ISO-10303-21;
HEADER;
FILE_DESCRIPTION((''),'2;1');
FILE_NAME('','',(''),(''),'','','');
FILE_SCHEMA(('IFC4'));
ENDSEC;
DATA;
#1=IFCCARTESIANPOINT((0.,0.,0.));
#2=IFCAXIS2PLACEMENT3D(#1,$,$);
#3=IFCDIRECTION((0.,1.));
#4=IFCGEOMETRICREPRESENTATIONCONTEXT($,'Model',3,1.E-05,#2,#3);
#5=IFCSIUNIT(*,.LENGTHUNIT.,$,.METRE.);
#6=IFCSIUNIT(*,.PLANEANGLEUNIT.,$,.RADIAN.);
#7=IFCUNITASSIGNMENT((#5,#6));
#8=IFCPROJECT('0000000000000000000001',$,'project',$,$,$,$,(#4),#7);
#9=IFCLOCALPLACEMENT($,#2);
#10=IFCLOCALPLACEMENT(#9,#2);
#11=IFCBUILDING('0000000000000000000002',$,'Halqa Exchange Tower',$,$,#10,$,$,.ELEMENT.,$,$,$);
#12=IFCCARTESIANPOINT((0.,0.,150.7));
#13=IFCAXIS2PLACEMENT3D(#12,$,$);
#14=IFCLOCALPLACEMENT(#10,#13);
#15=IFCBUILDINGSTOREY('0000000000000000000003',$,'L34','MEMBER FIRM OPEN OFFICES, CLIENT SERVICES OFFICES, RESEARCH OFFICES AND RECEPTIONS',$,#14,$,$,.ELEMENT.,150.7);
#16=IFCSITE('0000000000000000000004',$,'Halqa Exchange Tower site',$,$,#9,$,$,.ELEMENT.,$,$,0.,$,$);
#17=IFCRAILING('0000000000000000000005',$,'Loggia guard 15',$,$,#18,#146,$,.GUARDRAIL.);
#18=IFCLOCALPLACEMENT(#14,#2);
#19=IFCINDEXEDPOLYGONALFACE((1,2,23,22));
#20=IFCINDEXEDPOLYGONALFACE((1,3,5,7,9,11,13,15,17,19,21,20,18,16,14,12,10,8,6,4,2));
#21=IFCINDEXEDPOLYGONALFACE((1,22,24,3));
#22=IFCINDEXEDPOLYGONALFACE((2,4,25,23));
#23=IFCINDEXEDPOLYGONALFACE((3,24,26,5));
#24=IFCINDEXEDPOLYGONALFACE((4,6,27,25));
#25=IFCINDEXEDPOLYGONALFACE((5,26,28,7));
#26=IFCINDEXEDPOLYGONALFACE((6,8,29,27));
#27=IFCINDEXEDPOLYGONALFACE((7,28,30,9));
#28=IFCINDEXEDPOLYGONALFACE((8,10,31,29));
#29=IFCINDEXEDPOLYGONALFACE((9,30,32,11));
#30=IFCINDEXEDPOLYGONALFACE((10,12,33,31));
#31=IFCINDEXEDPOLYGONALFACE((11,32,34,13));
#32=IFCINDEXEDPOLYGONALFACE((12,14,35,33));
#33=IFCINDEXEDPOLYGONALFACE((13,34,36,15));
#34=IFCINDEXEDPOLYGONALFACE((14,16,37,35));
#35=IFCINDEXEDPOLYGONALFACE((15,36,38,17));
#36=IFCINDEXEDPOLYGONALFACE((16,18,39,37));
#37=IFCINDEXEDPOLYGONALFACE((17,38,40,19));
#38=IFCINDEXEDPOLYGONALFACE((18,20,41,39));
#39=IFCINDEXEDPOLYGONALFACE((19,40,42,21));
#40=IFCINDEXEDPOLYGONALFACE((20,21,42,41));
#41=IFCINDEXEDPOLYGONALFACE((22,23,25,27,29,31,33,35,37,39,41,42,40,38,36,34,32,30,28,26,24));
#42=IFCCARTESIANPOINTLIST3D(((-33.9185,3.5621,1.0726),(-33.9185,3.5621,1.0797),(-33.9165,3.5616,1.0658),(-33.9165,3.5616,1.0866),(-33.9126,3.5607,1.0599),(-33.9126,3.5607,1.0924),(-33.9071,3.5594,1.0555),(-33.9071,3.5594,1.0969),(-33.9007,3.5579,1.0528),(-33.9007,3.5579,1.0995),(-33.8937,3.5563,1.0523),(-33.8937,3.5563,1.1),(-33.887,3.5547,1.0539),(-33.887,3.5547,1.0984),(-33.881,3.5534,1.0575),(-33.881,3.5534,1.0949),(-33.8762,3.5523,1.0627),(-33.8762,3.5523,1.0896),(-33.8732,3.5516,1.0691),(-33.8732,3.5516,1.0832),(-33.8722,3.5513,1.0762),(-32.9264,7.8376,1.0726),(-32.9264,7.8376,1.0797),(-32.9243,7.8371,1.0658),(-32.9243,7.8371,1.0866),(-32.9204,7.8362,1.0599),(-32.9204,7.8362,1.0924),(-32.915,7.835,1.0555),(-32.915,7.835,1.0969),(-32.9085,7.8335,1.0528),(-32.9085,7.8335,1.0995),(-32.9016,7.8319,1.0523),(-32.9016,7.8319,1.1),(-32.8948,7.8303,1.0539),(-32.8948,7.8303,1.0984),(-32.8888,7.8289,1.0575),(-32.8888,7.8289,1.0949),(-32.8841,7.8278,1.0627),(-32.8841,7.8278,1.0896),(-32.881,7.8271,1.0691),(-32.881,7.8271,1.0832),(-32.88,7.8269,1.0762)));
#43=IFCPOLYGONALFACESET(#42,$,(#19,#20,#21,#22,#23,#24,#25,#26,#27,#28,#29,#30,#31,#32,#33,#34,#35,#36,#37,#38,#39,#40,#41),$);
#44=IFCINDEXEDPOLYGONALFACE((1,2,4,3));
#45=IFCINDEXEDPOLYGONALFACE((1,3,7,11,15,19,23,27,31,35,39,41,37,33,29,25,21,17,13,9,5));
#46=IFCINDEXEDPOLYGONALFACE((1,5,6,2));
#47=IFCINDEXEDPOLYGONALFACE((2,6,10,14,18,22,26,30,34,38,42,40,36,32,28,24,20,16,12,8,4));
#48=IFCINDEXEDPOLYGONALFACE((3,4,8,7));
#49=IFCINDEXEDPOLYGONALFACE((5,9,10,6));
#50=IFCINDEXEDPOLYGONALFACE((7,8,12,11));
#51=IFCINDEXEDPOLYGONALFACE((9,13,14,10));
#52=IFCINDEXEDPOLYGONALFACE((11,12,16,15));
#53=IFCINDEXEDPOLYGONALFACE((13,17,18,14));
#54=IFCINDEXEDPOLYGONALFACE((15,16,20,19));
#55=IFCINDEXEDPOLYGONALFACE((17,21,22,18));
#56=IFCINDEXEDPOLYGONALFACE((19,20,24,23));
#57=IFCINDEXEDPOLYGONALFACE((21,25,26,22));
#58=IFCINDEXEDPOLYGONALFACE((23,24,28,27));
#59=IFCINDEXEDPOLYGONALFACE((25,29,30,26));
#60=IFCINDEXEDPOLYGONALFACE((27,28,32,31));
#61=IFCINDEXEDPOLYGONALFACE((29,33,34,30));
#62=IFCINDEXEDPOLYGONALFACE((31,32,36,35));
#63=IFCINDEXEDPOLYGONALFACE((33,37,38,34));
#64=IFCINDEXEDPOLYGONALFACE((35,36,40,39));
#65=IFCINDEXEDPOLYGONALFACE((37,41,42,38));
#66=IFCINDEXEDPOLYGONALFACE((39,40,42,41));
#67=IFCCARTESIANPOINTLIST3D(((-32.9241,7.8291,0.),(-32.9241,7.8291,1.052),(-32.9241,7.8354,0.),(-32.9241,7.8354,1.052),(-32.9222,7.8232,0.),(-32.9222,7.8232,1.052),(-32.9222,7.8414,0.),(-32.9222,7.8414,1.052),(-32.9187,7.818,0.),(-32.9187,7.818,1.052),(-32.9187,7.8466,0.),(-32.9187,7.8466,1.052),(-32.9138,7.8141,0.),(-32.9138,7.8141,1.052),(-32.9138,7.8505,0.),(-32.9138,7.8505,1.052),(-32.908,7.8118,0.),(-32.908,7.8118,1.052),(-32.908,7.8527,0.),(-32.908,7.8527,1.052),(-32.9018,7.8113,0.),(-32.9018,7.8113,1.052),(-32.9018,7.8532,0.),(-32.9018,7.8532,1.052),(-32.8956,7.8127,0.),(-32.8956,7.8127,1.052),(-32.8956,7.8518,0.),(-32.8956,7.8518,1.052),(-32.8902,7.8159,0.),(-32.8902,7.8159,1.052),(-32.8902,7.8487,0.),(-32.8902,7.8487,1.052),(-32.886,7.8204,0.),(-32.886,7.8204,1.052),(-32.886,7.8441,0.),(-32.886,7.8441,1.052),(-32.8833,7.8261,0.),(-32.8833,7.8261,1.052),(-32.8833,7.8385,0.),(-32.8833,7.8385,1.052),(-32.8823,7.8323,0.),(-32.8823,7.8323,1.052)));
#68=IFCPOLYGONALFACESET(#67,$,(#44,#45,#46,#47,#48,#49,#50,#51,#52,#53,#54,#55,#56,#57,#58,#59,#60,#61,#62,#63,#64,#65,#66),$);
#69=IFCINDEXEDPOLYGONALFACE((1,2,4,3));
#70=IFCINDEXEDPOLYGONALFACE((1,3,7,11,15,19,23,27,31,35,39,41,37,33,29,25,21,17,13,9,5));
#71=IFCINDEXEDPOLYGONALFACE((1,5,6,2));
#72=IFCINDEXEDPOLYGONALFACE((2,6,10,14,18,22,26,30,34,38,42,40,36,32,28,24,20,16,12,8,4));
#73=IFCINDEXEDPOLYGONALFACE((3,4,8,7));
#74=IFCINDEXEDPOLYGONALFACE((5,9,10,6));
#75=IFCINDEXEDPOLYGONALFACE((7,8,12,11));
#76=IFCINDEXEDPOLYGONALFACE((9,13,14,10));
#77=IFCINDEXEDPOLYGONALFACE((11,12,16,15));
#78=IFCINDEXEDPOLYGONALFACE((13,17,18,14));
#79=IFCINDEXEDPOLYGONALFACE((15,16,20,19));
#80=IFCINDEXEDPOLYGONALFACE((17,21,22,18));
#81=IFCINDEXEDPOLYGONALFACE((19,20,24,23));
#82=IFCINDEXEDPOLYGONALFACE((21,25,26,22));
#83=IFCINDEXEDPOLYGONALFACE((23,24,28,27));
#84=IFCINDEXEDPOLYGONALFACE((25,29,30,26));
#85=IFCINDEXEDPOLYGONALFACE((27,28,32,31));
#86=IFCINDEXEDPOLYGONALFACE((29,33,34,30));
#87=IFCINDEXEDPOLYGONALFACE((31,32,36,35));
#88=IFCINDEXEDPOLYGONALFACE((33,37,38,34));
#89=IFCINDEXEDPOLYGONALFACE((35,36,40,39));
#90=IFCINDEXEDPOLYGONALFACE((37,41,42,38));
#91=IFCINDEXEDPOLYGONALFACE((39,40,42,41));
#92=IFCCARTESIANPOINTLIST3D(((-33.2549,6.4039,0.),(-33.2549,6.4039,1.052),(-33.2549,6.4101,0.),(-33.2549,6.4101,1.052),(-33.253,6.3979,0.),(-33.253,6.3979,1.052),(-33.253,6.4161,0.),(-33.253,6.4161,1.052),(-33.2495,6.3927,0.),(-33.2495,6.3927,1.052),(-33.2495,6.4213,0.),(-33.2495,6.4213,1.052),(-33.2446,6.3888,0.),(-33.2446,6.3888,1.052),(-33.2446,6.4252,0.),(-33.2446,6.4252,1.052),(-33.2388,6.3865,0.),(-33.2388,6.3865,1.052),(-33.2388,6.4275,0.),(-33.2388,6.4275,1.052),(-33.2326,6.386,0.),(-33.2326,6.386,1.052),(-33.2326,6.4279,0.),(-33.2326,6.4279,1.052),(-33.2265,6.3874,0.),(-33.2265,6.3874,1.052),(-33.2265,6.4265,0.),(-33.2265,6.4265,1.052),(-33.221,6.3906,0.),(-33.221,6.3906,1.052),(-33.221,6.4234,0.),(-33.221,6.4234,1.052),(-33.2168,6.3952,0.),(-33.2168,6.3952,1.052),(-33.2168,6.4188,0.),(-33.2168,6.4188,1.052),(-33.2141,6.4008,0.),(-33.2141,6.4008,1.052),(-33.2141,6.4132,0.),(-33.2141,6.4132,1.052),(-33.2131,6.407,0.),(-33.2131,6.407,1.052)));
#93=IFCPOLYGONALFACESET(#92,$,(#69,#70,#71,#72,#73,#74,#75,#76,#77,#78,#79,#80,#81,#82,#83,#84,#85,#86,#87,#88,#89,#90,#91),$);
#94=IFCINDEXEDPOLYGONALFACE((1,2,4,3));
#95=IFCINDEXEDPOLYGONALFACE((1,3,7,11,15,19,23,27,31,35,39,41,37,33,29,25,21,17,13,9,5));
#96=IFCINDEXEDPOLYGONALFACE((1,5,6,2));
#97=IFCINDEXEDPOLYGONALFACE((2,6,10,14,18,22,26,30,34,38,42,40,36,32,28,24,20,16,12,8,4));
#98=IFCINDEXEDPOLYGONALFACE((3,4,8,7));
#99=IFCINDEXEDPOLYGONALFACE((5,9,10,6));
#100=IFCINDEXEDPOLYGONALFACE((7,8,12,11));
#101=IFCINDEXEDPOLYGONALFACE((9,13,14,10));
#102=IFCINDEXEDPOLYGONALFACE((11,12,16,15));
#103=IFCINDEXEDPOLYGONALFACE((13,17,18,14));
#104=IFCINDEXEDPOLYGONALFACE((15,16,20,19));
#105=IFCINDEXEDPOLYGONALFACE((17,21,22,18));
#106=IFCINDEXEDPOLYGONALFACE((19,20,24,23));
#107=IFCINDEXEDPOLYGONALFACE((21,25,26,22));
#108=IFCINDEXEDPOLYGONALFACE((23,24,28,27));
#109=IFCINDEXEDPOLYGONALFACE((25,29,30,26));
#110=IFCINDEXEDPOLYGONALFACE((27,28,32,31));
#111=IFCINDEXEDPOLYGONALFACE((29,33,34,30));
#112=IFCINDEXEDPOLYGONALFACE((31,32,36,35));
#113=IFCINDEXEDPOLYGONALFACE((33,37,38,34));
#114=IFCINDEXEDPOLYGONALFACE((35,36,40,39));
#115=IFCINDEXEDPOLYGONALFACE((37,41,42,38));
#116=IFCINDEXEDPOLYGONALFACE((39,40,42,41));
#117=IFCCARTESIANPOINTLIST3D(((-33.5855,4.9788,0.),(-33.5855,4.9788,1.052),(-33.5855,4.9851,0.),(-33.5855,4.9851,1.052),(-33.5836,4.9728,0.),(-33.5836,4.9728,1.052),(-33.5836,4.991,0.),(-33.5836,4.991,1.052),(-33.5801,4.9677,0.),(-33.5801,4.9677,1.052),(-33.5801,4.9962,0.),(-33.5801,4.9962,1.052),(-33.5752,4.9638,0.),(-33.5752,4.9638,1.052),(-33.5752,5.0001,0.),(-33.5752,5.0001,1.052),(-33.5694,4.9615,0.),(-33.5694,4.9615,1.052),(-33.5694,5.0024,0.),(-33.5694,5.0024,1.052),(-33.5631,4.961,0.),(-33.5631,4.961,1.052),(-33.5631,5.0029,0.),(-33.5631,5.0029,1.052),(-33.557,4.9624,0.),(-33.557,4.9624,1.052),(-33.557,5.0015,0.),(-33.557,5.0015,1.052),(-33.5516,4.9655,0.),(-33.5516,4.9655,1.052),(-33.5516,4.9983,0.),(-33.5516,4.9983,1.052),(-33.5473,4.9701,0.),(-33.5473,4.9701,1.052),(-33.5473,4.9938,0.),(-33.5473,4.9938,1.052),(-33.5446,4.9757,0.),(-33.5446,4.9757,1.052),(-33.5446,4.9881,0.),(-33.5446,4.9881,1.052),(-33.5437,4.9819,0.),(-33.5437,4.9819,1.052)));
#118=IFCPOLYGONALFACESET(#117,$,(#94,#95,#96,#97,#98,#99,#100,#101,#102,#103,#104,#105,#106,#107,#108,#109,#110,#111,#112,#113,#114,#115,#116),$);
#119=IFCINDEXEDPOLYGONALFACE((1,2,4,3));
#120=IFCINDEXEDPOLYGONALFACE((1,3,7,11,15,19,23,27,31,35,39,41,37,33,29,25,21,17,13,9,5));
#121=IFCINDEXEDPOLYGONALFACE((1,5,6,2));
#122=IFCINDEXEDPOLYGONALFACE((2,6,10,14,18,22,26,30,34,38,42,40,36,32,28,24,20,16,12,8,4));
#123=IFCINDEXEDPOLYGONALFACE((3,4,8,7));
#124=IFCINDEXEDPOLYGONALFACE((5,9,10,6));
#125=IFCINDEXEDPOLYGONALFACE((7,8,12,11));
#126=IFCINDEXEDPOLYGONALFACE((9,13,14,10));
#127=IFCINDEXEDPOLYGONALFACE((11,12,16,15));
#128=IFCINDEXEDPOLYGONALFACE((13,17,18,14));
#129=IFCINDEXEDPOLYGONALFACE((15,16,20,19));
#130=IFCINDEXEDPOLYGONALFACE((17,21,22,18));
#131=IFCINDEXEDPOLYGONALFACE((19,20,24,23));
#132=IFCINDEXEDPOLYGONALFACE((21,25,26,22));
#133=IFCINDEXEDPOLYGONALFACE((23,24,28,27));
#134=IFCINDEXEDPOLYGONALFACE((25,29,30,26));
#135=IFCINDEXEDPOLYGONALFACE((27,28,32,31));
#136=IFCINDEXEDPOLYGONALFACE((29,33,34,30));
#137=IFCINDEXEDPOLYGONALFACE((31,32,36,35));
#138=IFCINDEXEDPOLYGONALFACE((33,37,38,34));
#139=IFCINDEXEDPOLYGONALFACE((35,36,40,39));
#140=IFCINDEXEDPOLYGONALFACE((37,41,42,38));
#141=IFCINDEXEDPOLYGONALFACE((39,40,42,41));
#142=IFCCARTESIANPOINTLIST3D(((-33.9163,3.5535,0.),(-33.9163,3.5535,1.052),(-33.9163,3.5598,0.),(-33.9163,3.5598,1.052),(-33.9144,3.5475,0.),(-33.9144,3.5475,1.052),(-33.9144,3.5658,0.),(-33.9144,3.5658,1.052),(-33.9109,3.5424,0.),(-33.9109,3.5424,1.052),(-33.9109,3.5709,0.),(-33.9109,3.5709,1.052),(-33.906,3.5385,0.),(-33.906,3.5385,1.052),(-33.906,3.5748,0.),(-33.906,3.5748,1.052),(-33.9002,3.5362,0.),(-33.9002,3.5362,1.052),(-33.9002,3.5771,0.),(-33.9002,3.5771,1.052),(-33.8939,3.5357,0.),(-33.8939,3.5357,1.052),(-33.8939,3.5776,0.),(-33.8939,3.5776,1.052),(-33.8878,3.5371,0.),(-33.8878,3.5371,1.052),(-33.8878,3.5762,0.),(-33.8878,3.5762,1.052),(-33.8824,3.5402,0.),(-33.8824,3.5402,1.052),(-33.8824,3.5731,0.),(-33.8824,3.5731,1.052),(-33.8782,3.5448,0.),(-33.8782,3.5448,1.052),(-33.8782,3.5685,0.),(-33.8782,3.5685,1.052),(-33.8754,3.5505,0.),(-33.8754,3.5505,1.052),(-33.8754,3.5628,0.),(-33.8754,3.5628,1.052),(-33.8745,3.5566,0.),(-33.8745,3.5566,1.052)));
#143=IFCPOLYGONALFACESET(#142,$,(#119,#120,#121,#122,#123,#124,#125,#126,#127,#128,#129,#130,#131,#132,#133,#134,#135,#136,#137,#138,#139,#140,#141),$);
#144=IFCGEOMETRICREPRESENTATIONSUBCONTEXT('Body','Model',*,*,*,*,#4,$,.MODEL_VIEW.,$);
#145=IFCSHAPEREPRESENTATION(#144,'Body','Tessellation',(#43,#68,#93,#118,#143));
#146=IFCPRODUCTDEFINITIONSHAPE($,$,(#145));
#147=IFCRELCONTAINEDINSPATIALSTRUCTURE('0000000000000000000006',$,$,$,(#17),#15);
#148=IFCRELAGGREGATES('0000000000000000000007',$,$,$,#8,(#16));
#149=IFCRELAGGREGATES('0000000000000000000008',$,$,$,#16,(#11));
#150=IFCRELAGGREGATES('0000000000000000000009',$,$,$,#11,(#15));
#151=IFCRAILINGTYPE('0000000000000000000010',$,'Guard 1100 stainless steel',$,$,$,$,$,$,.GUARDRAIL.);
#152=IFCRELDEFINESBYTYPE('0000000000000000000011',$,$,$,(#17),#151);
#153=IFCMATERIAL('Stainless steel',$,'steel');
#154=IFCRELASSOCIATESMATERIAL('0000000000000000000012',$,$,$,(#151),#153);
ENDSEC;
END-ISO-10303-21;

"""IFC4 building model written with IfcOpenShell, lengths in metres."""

from ifc_helpers import new_model, si_unit, direction, frame, origin, origin_2d, place, context, subcontext, project, spatial, circle, extrude, material, type_object, element, save


model = new_model("IFC4")

# Units and contexts
model_context = context("Model", 3, precision=1e-05, world=origin(), true_north=direction((0.0, 1.0)))
body_context = subcontext(model_context, "Body", "Model", "MODEL_VIEW")
ifc_project = project(units=[si_unit("LENGTHUNIT", "METRE"), si_unit("PLANEANGLEUNIT", "RADIAN")], contexts=[model_context])

# Site, building, storey
site_placement = place(None, origin())
site = spatial("IfcSite", under=ifc_project, at=site_placement, Name="Halqa Exchange Tower site", CompositionType="ELEMENT", RefElevation=0.0)
building_placement = place(site_placement, origin())
building = spatial("IfcBuilding", under=site, at=building_placement, Name="Halqa Exchange Tower", CompositionType="ELEMENT")
storey_placement = place(building_placement, frame((0.0, 0.0, 150.7)))
storey = spatial("IfcBuildingStorey", under=building, at=storey_placement, Name="L34", Description="MEMBER FIRM OPEN OFFICES, CLIENT SERVICES OFFICES, RESEARCH OFFICES AND RECEPTIONS", CompositionType="ELEMENT", Elevation=150.7)

# Railing
ifc_material_1 = material(Name="Stainless steel", Category="steel")
railing_type = type_object("IfcRailingType", Name="Guard 1100 stainless steel", PredefinedType="GUARDRAIL", material=ifc_material_1)
railing_1_placement = place(storey_placement, frame((-32.9033, 7.8323, 0.0)))
element("IfcRailing", 1, at=railing_1_placement, inside=storey, type_object=railing_type, Name="Loggia guard 15", PredefinedType="GUARDRAIL", context=body_context, shape_type="SweptSolid", body=[
    extrude(circle(Radius=0.0239, at=origin_2d()), frame((0.0, 0.0, 1.0762), z_axis=(-0.22605, -0.974116, 0.0), x_axis=(0.974116, -0.22605, 0.0)), (0.0, 0.0, 1.0), 4.3892),
    extrude(circle(Radius=0.021, at=origin_2d()), origin(), (0.0, 0.0, 1.0), 1.052),
    extrude(circle(Radius=0.021, at=origin_2d()), frame((-0.3308, -1.4253, 0.0)), (0.0, 0.0, 1.0), 1.052),
    extrude(circle(Radius=0.021, at=origin_2d()), frame((-0.6614, -2.8503, 0.0)), (0.0, 0.0, 1.0), 1.052),
    extrude(circle(Radius=0.021, at=origin_2d()), frame((-0.9922, -4.2756, 0.0)), (0.0, 0.0, 1.0), 1.052),
])

save(model, "model.ifc")
